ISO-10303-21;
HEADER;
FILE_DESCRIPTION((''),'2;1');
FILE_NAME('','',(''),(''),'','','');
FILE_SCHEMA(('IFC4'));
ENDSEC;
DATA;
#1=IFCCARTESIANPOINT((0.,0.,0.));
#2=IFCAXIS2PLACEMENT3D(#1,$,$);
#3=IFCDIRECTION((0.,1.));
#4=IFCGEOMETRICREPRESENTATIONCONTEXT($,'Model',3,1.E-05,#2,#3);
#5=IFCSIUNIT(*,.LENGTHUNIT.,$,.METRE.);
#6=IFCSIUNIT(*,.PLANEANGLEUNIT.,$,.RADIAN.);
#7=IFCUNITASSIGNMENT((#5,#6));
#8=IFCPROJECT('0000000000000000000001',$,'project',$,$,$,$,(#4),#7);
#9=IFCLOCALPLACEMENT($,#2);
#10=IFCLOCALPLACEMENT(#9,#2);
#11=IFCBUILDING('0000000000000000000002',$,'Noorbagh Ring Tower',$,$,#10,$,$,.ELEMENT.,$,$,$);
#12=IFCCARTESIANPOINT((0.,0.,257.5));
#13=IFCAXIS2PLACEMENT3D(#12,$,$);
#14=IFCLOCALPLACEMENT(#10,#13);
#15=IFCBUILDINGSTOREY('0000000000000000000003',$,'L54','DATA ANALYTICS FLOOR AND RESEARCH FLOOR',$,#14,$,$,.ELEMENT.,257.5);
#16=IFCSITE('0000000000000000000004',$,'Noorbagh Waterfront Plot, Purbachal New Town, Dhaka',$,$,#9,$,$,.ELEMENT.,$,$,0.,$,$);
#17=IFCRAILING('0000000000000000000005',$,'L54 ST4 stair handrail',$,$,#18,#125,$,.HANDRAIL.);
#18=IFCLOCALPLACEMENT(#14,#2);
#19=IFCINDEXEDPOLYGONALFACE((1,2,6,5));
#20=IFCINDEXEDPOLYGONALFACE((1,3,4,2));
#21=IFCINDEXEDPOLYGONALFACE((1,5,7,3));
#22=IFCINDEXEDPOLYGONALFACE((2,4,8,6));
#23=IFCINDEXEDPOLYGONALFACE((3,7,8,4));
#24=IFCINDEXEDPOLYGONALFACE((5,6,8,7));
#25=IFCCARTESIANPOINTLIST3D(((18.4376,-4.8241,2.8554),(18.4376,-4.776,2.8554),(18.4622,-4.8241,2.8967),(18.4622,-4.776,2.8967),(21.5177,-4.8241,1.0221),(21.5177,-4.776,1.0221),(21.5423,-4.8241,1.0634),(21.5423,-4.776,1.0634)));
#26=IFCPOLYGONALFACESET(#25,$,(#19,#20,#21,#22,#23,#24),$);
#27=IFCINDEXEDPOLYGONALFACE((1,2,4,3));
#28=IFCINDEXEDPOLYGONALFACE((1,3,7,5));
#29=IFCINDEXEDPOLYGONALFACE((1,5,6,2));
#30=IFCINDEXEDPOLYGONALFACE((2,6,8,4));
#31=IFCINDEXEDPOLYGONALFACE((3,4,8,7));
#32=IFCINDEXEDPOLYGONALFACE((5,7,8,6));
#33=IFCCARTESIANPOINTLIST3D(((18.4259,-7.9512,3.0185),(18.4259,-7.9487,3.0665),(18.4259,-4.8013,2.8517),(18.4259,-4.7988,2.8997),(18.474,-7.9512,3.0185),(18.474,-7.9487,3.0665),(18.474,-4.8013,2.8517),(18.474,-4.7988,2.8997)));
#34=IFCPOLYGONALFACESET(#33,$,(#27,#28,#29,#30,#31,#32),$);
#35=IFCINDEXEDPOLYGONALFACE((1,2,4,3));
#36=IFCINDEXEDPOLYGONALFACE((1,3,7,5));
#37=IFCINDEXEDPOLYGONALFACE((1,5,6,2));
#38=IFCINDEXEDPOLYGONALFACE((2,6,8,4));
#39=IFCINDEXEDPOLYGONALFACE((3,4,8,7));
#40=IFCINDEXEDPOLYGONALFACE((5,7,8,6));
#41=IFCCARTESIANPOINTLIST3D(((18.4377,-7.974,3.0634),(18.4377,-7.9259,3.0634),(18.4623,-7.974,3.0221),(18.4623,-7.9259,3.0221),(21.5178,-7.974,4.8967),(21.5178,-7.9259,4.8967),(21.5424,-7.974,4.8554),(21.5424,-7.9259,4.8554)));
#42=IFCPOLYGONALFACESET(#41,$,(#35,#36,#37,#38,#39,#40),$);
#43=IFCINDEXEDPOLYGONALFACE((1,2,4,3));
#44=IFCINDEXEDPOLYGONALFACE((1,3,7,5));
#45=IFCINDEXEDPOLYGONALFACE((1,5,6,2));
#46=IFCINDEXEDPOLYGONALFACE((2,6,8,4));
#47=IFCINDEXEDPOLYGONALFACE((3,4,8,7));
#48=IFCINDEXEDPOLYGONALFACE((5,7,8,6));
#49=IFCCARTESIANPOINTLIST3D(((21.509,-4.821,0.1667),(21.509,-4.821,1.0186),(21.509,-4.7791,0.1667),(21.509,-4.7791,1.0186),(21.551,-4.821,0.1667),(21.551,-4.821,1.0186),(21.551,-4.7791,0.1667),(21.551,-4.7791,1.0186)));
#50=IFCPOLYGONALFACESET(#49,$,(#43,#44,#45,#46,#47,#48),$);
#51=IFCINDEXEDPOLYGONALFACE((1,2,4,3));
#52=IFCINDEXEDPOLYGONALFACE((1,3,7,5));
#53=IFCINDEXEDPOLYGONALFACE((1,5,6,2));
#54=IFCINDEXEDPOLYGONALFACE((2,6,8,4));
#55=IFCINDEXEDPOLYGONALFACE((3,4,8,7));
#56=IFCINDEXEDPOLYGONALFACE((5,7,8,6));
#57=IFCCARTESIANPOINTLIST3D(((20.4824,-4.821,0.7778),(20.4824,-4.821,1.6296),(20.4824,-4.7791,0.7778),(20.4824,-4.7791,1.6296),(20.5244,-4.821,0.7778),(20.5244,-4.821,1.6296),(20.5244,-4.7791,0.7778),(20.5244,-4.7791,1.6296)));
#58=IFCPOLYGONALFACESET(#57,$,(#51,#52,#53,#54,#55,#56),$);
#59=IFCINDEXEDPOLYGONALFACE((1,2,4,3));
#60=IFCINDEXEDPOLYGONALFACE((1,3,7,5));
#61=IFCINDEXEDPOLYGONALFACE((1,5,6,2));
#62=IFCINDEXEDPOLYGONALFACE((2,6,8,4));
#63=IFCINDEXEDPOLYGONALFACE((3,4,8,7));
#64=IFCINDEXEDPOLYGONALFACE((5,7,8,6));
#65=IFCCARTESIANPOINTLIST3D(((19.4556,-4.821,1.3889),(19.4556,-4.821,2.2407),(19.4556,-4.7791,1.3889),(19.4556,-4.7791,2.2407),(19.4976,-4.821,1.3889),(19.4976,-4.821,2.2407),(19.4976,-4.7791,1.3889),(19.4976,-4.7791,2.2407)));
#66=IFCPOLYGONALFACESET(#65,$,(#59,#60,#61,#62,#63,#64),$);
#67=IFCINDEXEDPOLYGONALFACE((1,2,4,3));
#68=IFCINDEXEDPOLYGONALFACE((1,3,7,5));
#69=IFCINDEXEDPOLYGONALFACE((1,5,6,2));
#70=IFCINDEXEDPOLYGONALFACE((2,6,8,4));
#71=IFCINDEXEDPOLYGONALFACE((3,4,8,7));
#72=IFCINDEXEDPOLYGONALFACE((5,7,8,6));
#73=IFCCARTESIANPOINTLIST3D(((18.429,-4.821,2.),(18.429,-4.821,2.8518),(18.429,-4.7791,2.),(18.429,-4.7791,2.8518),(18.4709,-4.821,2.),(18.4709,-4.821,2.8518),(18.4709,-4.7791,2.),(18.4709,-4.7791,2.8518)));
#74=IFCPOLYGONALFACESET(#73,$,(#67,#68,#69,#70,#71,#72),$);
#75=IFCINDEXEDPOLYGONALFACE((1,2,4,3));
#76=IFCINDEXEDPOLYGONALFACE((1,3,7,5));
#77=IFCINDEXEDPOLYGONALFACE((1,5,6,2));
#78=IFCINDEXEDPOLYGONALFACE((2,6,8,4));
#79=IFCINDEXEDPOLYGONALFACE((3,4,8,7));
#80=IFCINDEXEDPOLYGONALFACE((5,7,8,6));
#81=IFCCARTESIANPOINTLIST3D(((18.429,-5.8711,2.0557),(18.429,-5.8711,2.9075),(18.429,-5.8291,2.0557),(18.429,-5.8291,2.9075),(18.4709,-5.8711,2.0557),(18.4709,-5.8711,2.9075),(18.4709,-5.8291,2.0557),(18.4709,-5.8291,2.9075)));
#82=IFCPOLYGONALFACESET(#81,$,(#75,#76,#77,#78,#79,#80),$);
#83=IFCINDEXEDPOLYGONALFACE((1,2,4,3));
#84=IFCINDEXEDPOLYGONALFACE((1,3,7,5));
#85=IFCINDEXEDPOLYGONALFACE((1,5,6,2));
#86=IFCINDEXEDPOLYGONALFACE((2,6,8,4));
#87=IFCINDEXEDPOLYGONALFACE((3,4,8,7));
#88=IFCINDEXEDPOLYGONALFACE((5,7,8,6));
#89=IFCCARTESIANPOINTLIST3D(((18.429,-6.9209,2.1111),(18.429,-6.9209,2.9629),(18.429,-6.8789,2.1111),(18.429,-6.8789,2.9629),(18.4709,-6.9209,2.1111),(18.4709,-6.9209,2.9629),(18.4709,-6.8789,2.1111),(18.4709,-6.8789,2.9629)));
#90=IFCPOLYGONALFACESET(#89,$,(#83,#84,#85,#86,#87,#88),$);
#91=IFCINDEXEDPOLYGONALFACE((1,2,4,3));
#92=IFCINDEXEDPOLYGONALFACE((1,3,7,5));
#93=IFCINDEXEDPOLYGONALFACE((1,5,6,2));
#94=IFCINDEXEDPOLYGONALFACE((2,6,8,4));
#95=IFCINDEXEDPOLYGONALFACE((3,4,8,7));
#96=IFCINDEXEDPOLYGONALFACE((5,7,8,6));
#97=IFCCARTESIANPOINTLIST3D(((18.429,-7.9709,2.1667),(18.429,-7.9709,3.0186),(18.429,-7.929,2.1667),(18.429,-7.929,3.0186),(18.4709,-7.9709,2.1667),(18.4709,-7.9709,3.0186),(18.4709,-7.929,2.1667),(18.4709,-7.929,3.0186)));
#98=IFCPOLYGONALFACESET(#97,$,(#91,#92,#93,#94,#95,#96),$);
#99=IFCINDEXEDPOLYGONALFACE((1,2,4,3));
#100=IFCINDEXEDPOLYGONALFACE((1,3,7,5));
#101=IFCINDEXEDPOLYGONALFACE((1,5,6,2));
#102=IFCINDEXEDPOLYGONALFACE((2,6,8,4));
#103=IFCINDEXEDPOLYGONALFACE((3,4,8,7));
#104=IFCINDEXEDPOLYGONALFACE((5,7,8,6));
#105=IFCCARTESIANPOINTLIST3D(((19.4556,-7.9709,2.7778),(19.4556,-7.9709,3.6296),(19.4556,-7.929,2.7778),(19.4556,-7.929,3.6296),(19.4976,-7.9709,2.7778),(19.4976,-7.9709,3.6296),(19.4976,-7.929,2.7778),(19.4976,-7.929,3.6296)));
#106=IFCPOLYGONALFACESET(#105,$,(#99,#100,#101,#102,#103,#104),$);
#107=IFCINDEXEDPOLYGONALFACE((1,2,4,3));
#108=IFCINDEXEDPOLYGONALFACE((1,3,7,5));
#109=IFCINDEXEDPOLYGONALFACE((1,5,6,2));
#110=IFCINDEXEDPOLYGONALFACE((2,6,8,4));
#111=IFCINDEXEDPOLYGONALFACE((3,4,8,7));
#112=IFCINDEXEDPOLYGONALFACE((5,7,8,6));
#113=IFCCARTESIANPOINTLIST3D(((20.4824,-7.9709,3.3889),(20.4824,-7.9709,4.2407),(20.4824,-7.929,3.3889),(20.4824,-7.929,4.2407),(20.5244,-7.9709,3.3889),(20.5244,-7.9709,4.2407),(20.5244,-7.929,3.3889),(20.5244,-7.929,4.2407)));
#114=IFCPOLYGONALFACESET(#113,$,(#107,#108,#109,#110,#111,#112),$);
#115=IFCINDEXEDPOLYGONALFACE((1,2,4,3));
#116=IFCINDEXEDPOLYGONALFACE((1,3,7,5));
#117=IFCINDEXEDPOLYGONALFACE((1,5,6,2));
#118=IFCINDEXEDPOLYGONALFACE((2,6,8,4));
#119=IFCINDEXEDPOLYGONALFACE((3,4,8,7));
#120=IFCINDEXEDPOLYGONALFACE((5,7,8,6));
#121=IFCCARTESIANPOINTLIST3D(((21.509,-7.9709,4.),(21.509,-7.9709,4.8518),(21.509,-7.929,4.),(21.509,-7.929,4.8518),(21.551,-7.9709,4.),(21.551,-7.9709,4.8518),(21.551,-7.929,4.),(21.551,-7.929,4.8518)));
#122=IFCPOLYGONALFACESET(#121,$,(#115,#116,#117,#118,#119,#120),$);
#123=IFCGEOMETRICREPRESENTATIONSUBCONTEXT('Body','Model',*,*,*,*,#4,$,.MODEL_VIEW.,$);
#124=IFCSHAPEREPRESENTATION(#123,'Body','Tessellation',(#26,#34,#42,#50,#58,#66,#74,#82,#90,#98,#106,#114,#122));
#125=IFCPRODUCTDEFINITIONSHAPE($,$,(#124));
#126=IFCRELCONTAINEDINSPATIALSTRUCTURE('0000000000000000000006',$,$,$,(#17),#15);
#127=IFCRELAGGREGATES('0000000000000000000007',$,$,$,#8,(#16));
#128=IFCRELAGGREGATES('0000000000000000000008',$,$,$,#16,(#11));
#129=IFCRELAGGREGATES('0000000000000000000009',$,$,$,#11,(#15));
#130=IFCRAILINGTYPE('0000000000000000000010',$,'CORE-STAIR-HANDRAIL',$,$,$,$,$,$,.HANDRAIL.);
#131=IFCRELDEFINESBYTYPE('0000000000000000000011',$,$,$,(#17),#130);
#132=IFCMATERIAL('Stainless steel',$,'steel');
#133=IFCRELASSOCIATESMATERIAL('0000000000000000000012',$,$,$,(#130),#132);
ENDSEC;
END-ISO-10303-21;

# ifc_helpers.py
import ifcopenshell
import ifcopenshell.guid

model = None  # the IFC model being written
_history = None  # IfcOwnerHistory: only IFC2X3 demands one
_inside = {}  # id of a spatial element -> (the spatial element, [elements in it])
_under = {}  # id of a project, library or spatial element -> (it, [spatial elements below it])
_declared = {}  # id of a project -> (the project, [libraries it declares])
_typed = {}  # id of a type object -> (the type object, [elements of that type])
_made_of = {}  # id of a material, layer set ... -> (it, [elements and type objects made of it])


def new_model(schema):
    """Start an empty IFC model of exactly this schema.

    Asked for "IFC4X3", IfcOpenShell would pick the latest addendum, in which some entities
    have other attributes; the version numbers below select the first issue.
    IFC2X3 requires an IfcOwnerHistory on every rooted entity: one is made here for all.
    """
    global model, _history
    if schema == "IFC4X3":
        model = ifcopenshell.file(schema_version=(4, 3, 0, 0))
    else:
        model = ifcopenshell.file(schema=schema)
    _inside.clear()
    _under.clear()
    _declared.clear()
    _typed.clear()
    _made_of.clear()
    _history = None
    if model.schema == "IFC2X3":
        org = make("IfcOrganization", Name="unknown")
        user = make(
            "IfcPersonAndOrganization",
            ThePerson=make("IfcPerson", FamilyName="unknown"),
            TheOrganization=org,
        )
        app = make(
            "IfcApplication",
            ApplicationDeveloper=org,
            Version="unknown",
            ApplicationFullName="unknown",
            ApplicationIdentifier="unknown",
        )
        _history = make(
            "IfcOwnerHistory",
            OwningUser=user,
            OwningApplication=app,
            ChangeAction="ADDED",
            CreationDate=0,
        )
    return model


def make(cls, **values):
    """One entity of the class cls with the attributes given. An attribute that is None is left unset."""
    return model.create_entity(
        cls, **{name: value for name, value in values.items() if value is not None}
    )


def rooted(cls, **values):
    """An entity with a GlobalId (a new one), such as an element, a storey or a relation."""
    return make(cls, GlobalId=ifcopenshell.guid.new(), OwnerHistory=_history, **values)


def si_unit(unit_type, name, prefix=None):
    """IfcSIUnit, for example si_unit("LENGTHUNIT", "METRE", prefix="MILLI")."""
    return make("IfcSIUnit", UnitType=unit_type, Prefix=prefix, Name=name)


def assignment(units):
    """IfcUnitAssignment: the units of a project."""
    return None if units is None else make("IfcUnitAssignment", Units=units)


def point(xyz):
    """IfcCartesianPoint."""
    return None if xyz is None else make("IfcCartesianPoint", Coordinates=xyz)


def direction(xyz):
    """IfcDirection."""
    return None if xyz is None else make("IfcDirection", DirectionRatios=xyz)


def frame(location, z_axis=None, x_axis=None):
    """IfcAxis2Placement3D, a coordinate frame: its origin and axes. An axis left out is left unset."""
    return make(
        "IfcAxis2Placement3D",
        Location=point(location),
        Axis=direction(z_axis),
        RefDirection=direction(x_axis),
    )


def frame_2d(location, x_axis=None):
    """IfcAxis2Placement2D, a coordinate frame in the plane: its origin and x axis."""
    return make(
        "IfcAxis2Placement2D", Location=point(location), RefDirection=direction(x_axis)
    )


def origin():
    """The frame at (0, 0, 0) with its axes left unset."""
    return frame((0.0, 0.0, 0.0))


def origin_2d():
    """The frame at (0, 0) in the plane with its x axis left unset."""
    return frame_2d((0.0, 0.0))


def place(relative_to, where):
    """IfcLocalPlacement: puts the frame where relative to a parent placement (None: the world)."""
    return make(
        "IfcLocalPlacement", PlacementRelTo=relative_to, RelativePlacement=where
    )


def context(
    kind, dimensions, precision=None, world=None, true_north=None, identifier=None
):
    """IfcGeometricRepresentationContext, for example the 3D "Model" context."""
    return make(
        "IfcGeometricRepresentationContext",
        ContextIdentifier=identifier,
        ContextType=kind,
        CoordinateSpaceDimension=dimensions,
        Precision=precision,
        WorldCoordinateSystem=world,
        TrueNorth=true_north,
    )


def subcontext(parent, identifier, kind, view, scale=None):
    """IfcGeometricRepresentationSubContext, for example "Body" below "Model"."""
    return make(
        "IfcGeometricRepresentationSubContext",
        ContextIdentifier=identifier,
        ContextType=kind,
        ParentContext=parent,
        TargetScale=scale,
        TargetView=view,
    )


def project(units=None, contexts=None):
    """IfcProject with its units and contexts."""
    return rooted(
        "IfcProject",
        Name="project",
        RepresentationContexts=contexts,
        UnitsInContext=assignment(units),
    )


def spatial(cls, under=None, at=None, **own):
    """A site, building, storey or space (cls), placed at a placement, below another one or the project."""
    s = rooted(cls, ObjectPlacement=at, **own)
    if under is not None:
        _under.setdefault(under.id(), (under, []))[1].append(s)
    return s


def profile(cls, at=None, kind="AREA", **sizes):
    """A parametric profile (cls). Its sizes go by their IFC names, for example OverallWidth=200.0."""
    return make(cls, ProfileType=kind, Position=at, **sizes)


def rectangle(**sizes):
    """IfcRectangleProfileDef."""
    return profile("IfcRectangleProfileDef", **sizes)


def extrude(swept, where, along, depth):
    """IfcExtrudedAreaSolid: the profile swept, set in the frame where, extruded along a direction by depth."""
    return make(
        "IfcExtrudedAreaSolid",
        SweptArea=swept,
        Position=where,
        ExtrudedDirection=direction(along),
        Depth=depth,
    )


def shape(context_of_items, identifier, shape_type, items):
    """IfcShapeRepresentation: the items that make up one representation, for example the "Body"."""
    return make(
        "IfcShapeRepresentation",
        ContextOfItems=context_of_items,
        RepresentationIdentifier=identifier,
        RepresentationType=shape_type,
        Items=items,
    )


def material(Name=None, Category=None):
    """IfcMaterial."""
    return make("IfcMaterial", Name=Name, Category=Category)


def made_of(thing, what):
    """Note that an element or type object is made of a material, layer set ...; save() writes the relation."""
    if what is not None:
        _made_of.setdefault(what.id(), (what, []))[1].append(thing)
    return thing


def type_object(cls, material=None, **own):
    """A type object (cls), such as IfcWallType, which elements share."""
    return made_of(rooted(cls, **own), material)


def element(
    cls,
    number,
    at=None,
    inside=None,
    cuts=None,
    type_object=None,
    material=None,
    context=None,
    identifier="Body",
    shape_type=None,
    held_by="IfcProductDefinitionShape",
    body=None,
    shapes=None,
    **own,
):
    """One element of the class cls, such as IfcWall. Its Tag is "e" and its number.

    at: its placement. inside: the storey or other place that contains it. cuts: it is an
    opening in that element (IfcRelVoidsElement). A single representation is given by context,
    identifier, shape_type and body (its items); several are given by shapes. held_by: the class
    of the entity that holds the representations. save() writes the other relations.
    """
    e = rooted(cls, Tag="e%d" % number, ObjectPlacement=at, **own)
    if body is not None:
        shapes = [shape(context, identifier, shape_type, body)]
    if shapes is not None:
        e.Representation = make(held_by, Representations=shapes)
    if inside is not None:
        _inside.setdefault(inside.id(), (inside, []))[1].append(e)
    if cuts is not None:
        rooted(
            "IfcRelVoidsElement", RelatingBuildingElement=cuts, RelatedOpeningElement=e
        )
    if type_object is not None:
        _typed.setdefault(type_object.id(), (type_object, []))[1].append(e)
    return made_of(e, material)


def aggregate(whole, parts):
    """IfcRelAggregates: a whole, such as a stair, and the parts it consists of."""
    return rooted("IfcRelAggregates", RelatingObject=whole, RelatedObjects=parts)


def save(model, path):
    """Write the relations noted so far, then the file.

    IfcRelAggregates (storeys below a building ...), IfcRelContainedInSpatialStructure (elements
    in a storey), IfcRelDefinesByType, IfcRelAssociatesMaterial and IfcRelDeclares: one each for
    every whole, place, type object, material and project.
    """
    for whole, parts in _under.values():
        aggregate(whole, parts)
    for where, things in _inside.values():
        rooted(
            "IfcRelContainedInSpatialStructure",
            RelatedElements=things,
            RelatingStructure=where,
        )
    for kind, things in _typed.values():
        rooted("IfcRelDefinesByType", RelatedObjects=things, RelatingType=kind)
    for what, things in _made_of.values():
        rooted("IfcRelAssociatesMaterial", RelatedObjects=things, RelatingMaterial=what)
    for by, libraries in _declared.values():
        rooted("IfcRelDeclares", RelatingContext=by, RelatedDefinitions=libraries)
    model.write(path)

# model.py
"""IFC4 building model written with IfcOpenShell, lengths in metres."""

from ifc_helpers import new_model, si_unit, direction, frame, origin, origin_2d, place, context, subcontext, project, spatial, rectangle, extrude, material, type_object, element, save


model = new_model("IFC4")

# Units and contexts
model_context = context("Model", 3, precision=1e-05, world=origin(), true_north=direction((0.0, 1.0)))
body_context = subcontext(model_context, "Body", "Model", "MODEL_VIEW")
ifc_project = project(units=[si_unit("LENGTHUNIT", "METRE"), si_unit("PLANEANGLEUNIT", "RADIAN")], contexts=[model_context])

# Site, building, storey
site_placement = place(None, origin())
site = spatial("IfcSite", under=ifc_project, at=site_placement, Name="Noorbagh Waterfront Plot, Purbachal New Town, Dhaka", CompositionType="ELEMENT", RefElevation=0.0)
building_placement = place(site_placement, origin())
building = spatial("IfcBuilding", under=site, at=building_placement, Name="Noorbagh Ring Tower", CompositionType="ELEMENT")
storey_placement = place(building_placement, frame((0.0, 0.0, 257.5)))
storey = spatial("IfcBuildingStorey", under=building, at=storey_placement, Name="L54", Description="DATA ANALYTICS FLOOR AND RESEARCH FLOOR", CompositionType="ELEMENT", Elevation=257.5)

# Railing
ifc_material_1 = material(Name="Stainless steel", Category="steel")
railing_type_1 = type_object("IfcRailingType", Name="CORE-STAIR-HANDRAIL", PredefinedType="HANDRAIL", material=ifc_material_1)
railing_1_placement = place(storey_placement, frame((21.53, -4.8, 0.1667)))
element("IfcRailing", 1, at=railing_1_placement, inside=storey, type_object=railing_type_1, Name="L54 ST4 stair handrail", PredefinedType="HANDRAIL", context=body_context, shape_type="SweptSolid", body=[
    extrude(rectangle(XDim=0.0481, YDim=0.0481, at=origin_2d()), frame((0.0, 0.0, 0.876), z_axis=(-0.859309, 0.0, 0.511458), x_axis=(0.0, -1.0, 0.0)), (0.0, 0.0, 1.0), 3.5845),
    extrude(rectangle(XDim=0.0481, YDim=0.0481, at=origin_2d()), frame((-3.0801, 0.0, 2.709), z_axis=(0.0, -0.998602, 0.052864), x_axis=(1.0, 0.0, 0.0)), (0.0, 0.0, 1.0), 3.1543),
    extrude(rectangle(XDim=0.0481, YDim=0.0481, at=origin_2d()), frame((-3.0801, -3.1499, 2.876), z_axis=(0.859309, 0.0, 0.511458), x_axis=(0.0, 1.0, 0.0)), (0.0, 0.0, 1.0), 3.5845),
    extrude(rectangle(XDim=0.042, YDim=0.042, at=origin_2d()), origin(), (0.0, 0.0, 1.0), 0.8518),
    extrude(rectangle(XDim=0.042, YDim=0.042, at=origin_2d()), frame((-1.0266, 0.0, 0.6111)), (0.0, 0.0, 1.0), 0.8518),
    extrude(rectangle(XDim=0.042, YDim=0.042, at=origin_2d()), frame((-2.0535, 0.0, 1.2222)), (0.0, 0.0, 1.0), 0.8518),
    extrude(rectangle(XDim=0.042, YDim=0.042, at=origin_2d()), frame((-3.0801, 0.0, 1.8333)), (0.0, 0.0, 1.0), 0.8518),
    extrude(rectangle(XDim=0.042, YDim=0.042, at=origin_2d()), frame((-3.0801, -1.05, 1.8889)), (0.0, 0.0, 1.0), 0.8518),
    extrude(rectangle(XDim=0.042, YDim=0.042, at=origin_2d()), frame((-3.0801, -2.0999, 1.9443)), (0.0, 0.0, 1.0), 0.8518),
    extrude(rectangle(XDim=0.042, YDim=0.042, at=origin_2d()), frame((-3.0801, -3.1499, 2.0)), (0.0, 0.0, 1.0), 0.8518),
    extrude(rectangle(XDim=0.042, YDim=0.042, at=origin_2d()), frame((-2.0535, -3.1499, 2.6111)), (0.0, 0.0, 1.0), 0.8518),
    extrude(rectangle(XDim=0.042, YDim=0.042, at=origin_2d()), frame((-1.0266, -3.1499, 3.2222)), (0.0, 0.0, 1.0), 0.8518),
    extrude(rectangle(XDim=0.042, YDim=0.042, at=origin_2d()), frame((0.0, -3.1499, 3.8333)), (0.0, 0.0, 1.0), 0.8518),
])

save(model, "model.ifc")
